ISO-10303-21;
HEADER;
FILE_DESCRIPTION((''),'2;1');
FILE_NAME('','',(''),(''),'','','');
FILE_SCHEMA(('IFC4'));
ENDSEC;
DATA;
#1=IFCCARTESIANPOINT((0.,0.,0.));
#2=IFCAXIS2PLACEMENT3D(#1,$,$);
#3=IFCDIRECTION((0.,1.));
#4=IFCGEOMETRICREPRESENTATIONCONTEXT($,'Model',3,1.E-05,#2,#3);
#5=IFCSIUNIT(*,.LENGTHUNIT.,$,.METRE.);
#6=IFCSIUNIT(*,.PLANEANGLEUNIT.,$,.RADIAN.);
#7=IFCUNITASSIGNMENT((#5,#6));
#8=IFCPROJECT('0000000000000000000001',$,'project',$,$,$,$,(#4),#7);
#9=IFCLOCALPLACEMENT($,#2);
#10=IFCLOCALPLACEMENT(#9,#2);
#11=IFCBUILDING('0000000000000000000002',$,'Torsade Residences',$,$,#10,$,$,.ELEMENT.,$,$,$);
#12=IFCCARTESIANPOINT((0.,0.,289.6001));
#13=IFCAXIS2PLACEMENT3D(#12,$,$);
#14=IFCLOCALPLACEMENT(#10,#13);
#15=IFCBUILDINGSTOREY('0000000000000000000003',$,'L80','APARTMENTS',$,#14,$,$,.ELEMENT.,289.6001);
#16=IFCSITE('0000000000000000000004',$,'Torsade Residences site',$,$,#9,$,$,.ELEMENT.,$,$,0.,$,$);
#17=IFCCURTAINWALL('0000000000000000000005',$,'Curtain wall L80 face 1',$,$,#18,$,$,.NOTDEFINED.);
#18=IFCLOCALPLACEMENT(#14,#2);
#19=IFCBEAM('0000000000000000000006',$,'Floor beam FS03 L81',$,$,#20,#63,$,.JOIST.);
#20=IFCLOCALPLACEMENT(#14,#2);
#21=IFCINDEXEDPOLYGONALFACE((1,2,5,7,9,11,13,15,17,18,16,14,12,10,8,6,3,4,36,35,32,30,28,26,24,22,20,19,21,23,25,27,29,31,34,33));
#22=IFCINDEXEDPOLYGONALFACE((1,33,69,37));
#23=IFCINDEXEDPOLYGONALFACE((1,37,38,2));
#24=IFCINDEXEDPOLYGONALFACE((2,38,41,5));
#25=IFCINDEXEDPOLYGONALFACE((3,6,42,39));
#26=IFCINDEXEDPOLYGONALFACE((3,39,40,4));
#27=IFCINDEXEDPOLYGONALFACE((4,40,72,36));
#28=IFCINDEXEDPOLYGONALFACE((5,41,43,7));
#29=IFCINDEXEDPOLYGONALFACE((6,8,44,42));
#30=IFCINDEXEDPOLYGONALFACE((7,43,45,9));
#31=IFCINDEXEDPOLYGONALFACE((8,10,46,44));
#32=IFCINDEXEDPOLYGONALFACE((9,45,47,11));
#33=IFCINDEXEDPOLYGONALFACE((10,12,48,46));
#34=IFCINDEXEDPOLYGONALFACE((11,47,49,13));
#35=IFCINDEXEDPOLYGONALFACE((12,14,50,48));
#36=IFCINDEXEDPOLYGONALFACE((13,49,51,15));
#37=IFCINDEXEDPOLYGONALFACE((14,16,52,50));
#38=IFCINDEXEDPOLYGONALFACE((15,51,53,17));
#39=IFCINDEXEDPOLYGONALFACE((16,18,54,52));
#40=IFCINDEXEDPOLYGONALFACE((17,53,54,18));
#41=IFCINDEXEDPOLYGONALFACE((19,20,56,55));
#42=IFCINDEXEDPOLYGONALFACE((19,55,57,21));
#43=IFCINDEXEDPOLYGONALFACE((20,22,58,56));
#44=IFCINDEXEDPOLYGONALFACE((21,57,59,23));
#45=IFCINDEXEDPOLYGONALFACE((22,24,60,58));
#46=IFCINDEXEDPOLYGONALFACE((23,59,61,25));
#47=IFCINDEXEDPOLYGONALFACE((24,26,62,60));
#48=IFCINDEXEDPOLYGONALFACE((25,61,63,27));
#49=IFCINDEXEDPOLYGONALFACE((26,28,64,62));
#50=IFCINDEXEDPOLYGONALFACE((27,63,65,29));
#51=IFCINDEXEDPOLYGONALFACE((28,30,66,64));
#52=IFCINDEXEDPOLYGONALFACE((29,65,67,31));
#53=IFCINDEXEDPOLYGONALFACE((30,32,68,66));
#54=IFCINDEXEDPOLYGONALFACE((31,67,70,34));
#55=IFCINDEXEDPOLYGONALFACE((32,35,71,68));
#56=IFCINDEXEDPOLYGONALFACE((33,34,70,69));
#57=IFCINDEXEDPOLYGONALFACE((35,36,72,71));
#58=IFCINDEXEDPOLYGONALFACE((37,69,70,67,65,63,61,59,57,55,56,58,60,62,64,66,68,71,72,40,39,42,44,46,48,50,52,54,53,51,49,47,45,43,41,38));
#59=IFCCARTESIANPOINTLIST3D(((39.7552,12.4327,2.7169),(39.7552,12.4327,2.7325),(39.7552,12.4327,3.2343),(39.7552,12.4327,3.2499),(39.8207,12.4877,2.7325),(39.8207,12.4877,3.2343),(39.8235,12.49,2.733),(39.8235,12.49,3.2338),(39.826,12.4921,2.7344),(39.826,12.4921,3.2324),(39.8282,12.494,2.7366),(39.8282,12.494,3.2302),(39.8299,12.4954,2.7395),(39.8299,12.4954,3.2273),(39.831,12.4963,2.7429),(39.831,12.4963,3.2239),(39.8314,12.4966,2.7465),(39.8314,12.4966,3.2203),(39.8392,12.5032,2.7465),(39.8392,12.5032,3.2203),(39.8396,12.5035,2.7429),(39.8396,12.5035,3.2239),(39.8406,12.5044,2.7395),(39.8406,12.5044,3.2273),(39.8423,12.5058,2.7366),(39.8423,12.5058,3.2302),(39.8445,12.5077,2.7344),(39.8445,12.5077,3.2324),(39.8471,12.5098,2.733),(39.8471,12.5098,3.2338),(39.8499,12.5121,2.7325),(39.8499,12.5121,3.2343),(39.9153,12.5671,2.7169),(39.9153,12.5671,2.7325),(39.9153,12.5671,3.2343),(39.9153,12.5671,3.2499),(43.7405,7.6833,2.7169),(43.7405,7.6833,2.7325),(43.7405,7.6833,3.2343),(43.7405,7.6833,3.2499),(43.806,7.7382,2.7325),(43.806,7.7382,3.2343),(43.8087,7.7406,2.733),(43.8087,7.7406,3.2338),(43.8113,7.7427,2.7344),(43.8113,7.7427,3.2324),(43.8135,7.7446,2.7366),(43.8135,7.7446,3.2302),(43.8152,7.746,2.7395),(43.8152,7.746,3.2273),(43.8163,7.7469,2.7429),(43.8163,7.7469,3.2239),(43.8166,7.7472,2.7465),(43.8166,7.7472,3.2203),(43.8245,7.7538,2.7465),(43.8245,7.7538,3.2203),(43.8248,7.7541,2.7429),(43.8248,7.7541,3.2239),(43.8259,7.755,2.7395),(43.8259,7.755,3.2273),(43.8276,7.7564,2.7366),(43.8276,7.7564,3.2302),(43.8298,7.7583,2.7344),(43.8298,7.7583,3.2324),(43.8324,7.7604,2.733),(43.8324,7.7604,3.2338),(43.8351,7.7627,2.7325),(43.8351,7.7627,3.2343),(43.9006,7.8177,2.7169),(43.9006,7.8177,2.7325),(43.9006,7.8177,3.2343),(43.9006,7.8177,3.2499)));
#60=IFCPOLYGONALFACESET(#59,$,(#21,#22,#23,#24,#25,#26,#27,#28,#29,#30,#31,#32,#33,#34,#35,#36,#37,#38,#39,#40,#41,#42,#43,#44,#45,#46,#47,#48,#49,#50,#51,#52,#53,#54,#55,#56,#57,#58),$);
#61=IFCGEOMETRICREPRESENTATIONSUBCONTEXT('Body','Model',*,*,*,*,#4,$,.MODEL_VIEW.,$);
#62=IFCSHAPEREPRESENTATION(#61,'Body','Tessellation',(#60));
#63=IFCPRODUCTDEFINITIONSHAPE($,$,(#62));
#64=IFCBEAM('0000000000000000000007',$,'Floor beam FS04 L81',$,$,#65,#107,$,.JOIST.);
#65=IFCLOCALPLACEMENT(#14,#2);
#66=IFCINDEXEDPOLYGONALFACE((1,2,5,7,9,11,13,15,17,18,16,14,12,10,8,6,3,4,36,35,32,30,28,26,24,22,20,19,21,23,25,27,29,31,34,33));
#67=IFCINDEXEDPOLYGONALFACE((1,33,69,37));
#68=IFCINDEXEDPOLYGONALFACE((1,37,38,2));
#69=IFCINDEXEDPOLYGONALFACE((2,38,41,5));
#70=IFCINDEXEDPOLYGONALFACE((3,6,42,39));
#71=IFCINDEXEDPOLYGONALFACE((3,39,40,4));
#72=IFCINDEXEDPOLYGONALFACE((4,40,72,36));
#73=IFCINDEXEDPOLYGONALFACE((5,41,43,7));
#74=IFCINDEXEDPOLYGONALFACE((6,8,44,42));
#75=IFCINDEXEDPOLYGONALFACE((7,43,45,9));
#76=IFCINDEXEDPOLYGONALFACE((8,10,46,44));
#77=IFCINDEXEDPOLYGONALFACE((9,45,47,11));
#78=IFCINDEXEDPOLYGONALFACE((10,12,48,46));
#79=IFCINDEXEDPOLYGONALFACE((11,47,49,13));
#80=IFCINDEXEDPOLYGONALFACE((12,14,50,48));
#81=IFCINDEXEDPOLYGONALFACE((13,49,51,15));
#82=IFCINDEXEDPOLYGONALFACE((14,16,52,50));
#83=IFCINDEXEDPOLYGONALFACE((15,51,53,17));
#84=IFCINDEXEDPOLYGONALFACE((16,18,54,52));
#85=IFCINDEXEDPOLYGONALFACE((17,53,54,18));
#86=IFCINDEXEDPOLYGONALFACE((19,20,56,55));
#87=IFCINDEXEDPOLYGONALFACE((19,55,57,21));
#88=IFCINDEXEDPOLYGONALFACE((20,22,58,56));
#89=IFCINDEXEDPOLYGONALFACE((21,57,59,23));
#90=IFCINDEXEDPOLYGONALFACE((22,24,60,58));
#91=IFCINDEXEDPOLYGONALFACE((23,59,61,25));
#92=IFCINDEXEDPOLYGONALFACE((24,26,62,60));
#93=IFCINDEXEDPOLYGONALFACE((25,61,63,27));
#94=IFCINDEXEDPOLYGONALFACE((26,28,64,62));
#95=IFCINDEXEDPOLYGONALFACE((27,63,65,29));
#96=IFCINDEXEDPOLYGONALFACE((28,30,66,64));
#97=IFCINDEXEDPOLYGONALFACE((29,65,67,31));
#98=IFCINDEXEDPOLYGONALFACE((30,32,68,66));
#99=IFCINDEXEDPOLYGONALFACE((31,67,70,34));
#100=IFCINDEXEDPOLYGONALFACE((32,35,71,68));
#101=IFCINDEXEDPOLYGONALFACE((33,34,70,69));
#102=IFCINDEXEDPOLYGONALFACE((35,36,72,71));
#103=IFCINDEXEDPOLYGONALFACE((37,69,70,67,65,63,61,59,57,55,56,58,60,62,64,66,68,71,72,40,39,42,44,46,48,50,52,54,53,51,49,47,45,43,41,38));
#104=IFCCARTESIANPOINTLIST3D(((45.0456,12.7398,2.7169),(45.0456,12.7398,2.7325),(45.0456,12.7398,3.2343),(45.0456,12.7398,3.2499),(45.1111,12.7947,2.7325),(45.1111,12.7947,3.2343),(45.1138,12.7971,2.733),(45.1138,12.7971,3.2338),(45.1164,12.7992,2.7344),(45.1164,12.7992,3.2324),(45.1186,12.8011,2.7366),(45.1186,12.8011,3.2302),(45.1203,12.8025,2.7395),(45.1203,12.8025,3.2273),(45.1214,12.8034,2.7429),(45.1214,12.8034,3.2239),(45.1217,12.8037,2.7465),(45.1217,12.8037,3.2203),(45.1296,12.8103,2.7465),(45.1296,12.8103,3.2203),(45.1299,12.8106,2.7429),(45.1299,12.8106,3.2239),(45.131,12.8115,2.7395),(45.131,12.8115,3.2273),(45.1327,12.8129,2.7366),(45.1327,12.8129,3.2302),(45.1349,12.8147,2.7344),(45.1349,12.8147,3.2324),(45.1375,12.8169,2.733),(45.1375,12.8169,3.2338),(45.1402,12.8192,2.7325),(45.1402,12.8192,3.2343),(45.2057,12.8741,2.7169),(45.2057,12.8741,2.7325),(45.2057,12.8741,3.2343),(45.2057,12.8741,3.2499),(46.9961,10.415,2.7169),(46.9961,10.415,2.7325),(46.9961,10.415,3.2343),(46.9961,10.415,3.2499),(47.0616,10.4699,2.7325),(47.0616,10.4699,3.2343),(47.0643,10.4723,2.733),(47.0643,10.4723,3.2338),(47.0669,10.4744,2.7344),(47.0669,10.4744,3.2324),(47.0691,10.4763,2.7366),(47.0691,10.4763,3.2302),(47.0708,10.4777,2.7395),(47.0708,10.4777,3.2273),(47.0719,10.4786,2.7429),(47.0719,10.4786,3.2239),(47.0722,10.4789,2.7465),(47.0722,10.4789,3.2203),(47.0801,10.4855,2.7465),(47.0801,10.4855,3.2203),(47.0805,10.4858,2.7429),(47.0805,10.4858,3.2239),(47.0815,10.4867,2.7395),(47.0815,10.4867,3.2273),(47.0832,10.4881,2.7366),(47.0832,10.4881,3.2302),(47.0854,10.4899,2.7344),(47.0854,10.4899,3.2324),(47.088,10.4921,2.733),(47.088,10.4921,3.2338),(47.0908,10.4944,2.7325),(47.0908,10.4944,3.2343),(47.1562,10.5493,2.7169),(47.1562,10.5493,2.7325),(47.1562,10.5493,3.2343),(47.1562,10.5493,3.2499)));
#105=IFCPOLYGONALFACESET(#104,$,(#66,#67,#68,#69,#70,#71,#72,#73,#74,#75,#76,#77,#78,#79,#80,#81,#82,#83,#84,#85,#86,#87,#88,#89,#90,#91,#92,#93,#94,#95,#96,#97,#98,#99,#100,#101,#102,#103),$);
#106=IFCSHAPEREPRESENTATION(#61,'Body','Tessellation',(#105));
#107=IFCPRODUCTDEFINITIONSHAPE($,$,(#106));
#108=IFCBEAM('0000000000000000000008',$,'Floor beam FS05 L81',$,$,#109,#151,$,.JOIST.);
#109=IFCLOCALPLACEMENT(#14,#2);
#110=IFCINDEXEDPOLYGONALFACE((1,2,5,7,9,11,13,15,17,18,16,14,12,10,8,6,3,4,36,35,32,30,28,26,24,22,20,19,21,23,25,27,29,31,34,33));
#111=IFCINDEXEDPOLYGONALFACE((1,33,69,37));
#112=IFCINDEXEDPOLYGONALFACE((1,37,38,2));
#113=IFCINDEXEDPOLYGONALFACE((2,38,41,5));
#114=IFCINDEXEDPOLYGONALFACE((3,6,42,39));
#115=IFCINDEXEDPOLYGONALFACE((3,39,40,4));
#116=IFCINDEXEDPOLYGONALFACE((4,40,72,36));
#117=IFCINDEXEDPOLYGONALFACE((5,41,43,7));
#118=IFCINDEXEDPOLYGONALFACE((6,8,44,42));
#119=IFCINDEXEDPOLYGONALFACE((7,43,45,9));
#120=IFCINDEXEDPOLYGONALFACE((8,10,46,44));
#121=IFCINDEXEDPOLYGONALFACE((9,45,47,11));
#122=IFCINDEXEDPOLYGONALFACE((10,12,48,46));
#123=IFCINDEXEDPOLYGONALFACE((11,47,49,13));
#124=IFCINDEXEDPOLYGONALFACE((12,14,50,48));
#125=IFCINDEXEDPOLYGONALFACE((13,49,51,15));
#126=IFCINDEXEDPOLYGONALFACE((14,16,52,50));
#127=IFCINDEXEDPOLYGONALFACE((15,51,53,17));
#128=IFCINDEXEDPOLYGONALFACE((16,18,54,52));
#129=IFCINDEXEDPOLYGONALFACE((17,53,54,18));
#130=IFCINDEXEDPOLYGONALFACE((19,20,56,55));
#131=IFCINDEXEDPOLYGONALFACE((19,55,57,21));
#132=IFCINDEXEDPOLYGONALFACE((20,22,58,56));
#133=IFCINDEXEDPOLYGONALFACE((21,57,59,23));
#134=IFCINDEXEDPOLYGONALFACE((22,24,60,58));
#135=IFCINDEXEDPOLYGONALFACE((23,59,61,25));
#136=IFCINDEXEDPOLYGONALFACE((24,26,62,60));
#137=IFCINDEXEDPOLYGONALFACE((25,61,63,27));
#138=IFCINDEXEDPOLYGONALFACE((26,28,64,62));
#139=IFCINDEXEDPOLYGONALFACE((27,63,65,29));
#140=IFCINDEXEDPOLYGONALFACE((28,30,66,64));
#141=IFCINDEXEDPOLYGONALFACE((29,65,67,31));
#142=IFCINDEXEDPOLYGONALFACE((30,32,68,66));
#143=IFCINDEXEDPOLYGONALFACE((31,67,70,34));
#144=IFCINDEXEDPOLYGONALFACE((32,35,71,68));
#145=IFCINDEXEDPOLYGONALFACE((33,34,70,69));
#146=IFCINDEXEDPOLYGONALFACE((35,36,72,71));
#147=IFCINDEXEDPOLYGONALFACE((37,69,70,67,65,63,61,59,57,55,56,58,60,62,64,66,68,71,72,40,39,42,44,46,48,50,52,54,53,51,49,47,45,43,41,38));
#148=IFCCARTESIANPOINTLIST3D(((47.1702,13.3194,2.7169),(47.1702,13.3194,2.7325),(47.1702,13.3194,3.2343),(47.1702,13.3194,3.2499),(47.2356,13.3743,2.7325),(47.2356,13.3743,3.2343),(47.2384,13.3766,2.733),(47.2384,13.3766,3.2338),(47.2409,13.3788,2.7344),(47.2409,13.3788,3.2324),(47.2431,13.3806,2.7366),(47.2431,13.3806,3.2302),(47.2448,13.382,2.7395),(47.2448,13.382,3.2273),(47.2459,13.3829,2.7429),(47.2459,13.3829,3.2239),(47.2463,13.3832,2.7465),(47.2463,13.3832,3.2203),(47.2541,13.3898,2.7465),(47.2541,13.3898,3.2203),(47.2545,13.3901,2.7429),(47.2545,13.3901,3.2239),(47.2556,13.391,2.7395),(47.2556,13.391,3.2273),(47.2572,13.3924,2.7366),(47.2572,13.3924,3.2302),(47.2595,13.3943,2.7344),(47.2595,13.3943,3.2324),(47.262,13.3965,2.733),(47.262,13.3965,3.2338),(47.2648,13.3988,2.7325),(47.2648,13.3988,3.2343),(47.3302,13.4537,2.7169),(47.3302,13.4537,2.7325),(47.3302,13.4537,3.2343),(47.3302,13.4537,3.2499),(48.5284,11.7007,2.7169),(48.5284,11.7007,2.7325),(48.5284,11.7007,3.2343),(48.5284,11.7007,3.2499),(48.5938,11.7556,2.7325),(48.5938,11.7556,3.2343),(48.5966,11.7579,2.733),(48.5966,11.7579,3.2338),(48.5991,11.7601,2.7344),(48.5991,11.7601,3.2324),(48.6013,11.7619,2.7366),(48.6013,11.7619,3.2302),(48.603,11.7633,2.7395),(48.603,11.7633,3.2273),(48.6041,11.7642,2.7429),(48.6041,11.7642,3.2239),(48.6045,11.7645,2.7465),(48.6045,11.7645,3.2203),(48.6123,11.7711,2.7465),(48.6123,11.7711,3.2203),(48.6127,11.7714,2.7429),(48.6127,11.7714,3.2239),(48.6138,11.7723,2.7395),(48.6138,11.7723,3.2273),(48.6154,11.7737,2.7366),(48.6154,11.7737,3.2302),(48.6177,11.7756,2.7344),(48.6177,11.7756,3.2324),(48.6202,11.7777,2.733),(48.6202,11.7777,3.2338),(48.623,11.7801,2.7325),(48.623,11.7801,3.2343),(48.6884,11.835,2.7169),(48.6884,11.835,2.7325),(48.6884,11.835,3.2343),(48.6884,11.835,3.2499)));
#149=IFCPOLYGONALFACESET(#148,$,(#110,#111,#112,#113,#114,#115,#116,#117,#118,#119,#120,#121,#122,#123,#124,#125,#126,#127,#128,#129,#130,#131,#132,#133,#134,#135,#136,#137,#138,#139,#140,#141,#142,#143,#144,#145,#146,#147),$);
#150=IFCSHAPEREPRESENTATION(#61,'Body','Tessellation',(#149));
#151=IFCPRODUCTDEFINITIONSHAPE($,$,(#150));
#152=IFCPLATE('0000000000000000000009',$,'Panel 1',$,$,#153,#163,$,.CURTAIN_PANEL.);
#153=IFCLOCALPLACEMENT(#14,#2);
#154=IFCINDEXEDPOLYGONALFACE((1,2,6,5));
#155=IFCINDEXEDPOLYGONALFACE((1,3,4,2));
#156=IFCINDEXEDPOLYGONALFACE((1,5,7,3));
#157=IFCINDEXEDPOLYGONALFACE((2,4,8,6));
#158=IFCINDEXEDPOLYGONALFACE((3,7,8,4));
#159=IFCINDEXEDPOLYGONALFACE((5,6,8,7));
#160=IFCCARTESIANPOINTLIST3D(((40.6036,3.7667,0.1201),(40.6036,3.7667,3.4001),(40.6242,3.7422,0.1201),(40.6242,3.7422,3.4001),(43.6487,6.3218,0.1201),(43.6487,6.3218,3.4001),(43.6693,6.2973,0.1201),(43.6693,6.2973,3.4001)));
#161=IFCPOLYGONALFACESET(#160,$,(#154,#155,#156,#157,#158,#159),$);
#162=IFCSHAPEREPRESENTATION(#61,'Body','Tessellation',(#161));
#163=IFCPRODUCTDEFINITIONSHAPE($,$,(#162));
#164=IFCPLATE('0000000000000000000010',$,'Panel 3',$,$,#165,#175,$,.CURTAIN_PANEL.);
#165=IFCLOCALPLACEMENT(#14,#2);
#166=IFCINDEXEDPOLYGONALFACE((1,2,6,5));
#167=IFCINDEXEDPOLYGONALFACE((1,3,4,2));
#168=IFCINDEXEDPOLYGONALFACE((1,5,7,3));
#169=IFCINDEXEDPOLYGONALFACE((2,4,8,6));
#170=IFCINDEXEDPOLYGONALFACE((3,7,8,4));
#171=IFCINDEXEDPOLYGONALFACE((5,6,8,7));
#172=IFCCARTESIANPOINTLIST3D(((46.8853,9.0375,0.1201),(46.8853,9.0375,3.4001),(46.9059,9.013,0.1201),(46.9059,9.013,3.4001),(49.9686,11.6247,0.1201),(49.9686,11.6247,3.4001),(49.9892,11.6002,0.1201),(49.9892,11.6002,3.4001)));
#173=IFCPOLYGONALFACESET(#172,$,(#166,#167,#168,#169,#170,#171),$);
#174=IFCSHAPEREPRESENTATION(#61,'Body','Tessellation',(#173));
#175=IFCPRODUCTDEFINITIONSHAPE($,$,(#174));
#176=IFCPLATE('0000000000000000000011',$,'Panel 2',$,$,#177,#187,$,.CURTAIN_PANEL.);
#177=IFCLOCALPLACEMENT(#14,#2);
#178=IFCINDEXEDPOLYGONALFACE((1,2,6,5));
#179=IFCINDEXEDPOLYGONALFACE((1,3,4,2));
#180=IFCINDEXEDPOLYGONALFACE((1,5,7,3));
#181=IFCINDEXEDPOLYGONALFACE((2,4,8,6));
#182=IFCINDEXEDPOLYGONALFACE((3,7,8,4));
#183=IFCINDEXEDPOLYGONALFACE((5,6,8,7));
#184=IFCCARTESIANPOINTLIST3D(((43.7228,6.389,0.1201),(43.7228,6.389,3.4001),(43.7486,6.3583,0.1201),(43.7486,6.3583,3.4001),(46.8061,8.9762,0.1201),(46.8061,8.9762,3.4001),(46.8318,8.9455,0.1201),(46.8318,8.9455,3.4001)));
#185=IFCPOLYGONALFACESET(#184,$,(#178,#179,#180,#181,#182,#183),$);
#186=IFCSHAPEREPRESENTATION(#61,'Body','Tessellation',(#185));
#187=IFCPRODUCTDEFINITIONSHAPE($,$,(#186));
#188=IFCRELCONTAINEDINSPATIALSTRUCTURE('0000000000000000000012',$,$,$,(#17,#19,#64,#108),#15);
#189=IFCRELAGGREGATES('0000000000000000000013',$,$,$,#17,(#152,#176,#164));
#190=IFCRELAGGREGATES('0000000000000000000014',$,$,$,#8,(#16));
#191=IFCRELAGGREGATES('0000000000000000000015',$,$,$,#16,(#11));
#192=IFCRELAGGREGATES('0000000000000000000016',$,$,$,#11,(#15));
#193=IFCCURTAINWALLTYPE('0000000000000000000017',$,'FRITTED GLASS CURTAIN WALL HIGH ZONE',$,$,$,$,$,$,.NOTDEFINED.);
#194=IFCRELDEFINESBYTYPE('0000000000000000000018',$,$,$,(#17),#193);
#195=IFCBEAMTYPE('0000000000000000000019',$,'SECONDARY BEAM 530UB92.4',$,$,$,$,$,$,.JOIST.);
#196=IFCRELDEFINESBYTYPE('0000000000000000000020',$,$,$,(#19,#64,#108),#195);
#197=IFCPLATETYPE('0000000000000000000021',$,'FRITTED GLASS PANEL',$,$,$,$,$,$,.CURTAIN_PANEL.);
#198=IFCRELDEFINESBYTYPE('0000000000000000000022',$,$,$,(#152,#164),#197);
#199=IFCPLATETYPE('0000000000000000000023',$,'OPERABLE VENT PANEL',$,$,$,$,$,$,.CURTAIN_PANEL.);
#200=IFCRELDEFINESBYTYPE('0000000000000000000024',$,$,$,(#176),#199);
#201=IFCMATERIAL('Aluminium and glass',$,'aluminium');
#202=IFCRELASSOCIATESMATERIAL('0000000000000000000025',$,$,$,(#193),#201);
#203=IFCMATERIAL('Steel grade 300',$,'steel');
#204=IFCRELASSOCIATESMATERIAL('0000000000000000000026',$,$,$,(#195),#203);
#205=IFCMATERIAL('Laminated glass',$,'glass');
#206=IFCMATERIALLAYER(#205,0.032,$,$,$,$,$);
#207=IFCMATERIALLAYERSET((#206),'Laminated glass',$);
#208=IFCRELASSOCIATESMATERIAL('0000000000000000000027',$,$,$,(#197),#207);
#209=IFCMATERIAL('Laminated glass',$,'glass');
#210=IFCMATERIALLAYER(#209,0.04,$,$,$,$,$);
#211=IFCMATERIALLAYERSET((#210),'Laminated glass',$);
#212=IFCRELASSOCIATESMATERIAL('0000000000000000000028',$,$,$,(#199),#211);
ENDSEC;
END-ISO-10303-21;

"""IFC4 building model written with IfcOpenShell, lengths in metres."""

from ifc_helpers import new_model, si_unit, direction, frame, origin, origin_2d, place, context, subcontext, project, spatial, rectangle, i_section, extrude, material, layer, layer_set, material_profile, profile_set, type_object, element, aggregate, save


model = new_model("IFC4")

# Units and contexts
model_context = context("Model", 3, precision=1e-05, world=origin(), true_north=direction((0.0, 1.0)))
body_context = subcontext(model_context, "Body", "Model", "MODEL_VIEW")
ifc_project = project(units=[si_unit("LENGTHUNIT", "METRE"), si_unit("PLANEANGLEUNIT", "RADIAN")], contexts=[model_context])

# Site, building, storey
site_placement = place(None, origin())
site = spatial("IfcSite", under=ifc_project, at=site_placement, Name="Torsade Residences site", CompositionType="ELEMENT", RefElevation=0.0)
building_placement = place(site_placement, origin())
building = spatial("IfcBuilding", under=site, at=building_placement, Name="Torsade Residences", CompositionType="ELEMENT")
storey_placement = place(building_placement, frame((0.0, 0.0, 289.6001)))
storey = spatial("IfcBuildingStorey", under=building, at=storey_placement, Name="L80", Description="APARTMENTS", CompositionType="ELEMENT", Elevation=289.6001)

# Curtain wall
ifc_material_1 = material(Name="Aluminium and glass", Category="aluminium")
curtain_wall_type = type_object("IfcCurtainWallType", Name="FRITTED GLASS CURTAIN WALL HIGH ZONE", PredefinedType="NOTDEFINED", material=ifc_material_1)
curtain_wall_placement = place(storey_placement, origin())
curtain_wall = element("IfcCurtainWall", 1, at=curtain_wall_placement, inside=storey, type_object=curtain_wall_type, Name="Curtain wall L80 face 1", PredefinedType="NOTDEFINED")

# Beams
ifc_material_2 = material(Name="Steel grade 300", Category="steel")
ifc_material_profile_1 = material_profile(ifc_material_2, i_section(OverallWidth=0.209, OverallDepth=0.533, WebThickness=0.0103, FlangeThickness=0.0156, FilletRadius=0.0139, at=origin_2d()), Name="530UB92.4")
ifc_profile_set_1 = profile_set([ifc_material_profile_1], Name="Steel grade 300")
beam_type_1 = type_object("IfcBeamType", Name="SECONDARY BEAM 530UB92.4", PredefinedType="JOIST", material=ifc_profile_set_1)
beam_1_placement = place(storey_placement, frame((43.8206, 7.7505, 2.9834), z_axis=(-0.642791, 0.766041, 0.0), x_axis=(-0.766041, -0.642791, 0.0)))
element("IfcBeam", 2, at=beam_1_placement, inside=storey, type_object=beam_type_1, Name="Floor beam FS03 L81", PredefinedType="JOIST", context=body_context, shape_type="SweptSolid", body=[
    extrude(i_section(OverallWidth=0.209, OverallDepth=0.533, WebThickness=0.0103, FlangeThickness=0.0156, FilletRadius=0.0139, at=origin_2d()), origin(), (0.0, 0.0, 1.0), 6.2),
])
beam_2_placement = place(storey_placement, frame((47.0762, 10.4822, 2.9834), z_axis=(-0.642745, 0.76608, 0.0), x_axis=(-0.76608, -0.642745, 0.0)))
element("IfcBeam", 3, at=beam_2_placement, inside=storey, type_object=beam_type_1, Name="Floor beam FS04 L81", PredefinedType="JOIST", context=body_context, shape_type="SweptSolid", body=[
    extrude(i_section(OverallWidth=0.209, OverallDepth=0.533, WebThickness=0.0103, FlangeThickness=0.0156, FilletRadius=0.0139, at=origin_2d()), origin(), (0.0, 0.0, 1.0), 3.0347),
])
beam_3_placement = place(storey_placement, frame((48.6084, 11.7678, 2.9834), z_axis=(-0.642772, 0.766058, 0.0), x_axis=(-0.766058, -0.642772, 0.0)))
element("IfcBeam", 4, at=beam_3_placement, inside=storey, type_object=beam_type_1, Name="Floor beam FS05 L81", PredefinedType="JOIST", context=body_context, shape_type="SweptSolid", body=[
    extrude(i_section(OverallWidth=0.209, OverallDepth=0.533, WebThickness=0.0103, FlangeThickness=0.0156, FilletRadius=0.0139, at=origin_2d()), origin(), (0.0, 0.0, 1.0), 2.113),
])

# Plates
ifc_material_3 = material(Name="Laminated glass", Category="glass")
ifc_layer_1 = layer(ifc_material_3, 0.032)
ifc_layer_set_1 = layer_set([ifc_layer_1], Name="Laminated glass")
plate_type_1 = type_object("IfcPlateType", Name="FRITTED GLASS PANEL", PredefinedType="CURTAIN_PANEL", material=ifc_layer_set_1)
plate_1_placement = place(storey_placement, frame((42.1365, 5.032, 0.1201), z_axis=(0.0, 0.0, 1.0), x_axis=(0.766044, 0.642788, 0.0)))
plate_1 = element("IfcPlate", 5, at=plate_1_placement, type_object=plate_type_1, Name="Panel 1", PredefinedType="CURTAIN_PANEL", context=body_context, shape_type="SweptSolid", body=[
    extrude(rectangle(XDim=3.9751, YDim=0.032, at=origin_2d()), origin(), (0.0, 0.0, 1.0), 3.28),
])
plate_2_placement = place(storey_placement, frame((48.4373, 10.3188, 0.1201), z_axis=(0.0, 0.0, 1.0), x_axis=(0.766044, 0.642788, 0.0)))
plate_2 = element("IfcPlate", 6, at=plate_2_placement, type_object=plate_type_1, Name="Panel 3", PredefinedType="CURTAIN_PANEL", context=body_context, shape_type="SweptSolid", body=[
    extrude(rectangle(XDim=4.0249, YDim=0.032, at=origin_2d()), origin(), (0.0, 0.0, 1.0), 3.28),
])
ifc_material_4 = material(Name="Laminated glass", Category="glass")
ifc_layer_2 = layer(ifc_material_4, 0.04)
ifc_layer_set_2 = layer_set([ifc_layer_2], Name="Laminated glass")
plate_type_2 = type_object("IfcPlateType", Name="OPERABLE VENT PANEL", PredefinedType="CURTAIN_PANEL", material=ifc_layer_set_2)
plate_3_placement = place(storey_placement, frame((45.2773, 7.6672, 0.1201), z_axis=(0.0, 0.0, 1.0), x_axis=(0.766044, 0.642788, 0.0)))
plate_3 = element("IfcPlate", 7, at=plate_3_placement, type_object=plate_type_2, Name="Panel 2", PredefinedType="CURTAIN_PANEL", context=body_context, shape_type="SweptSolid", body=[
    extrude(rectangle(XDim=4.0249, YDim=0.04, at=origin_2d()), origin(), (0.0, 0.0, 1.0), 3.28),
])
aggregate(curtain_wall, [plate_1, plate_3, plate_2])

save(model, "model.ifc")
